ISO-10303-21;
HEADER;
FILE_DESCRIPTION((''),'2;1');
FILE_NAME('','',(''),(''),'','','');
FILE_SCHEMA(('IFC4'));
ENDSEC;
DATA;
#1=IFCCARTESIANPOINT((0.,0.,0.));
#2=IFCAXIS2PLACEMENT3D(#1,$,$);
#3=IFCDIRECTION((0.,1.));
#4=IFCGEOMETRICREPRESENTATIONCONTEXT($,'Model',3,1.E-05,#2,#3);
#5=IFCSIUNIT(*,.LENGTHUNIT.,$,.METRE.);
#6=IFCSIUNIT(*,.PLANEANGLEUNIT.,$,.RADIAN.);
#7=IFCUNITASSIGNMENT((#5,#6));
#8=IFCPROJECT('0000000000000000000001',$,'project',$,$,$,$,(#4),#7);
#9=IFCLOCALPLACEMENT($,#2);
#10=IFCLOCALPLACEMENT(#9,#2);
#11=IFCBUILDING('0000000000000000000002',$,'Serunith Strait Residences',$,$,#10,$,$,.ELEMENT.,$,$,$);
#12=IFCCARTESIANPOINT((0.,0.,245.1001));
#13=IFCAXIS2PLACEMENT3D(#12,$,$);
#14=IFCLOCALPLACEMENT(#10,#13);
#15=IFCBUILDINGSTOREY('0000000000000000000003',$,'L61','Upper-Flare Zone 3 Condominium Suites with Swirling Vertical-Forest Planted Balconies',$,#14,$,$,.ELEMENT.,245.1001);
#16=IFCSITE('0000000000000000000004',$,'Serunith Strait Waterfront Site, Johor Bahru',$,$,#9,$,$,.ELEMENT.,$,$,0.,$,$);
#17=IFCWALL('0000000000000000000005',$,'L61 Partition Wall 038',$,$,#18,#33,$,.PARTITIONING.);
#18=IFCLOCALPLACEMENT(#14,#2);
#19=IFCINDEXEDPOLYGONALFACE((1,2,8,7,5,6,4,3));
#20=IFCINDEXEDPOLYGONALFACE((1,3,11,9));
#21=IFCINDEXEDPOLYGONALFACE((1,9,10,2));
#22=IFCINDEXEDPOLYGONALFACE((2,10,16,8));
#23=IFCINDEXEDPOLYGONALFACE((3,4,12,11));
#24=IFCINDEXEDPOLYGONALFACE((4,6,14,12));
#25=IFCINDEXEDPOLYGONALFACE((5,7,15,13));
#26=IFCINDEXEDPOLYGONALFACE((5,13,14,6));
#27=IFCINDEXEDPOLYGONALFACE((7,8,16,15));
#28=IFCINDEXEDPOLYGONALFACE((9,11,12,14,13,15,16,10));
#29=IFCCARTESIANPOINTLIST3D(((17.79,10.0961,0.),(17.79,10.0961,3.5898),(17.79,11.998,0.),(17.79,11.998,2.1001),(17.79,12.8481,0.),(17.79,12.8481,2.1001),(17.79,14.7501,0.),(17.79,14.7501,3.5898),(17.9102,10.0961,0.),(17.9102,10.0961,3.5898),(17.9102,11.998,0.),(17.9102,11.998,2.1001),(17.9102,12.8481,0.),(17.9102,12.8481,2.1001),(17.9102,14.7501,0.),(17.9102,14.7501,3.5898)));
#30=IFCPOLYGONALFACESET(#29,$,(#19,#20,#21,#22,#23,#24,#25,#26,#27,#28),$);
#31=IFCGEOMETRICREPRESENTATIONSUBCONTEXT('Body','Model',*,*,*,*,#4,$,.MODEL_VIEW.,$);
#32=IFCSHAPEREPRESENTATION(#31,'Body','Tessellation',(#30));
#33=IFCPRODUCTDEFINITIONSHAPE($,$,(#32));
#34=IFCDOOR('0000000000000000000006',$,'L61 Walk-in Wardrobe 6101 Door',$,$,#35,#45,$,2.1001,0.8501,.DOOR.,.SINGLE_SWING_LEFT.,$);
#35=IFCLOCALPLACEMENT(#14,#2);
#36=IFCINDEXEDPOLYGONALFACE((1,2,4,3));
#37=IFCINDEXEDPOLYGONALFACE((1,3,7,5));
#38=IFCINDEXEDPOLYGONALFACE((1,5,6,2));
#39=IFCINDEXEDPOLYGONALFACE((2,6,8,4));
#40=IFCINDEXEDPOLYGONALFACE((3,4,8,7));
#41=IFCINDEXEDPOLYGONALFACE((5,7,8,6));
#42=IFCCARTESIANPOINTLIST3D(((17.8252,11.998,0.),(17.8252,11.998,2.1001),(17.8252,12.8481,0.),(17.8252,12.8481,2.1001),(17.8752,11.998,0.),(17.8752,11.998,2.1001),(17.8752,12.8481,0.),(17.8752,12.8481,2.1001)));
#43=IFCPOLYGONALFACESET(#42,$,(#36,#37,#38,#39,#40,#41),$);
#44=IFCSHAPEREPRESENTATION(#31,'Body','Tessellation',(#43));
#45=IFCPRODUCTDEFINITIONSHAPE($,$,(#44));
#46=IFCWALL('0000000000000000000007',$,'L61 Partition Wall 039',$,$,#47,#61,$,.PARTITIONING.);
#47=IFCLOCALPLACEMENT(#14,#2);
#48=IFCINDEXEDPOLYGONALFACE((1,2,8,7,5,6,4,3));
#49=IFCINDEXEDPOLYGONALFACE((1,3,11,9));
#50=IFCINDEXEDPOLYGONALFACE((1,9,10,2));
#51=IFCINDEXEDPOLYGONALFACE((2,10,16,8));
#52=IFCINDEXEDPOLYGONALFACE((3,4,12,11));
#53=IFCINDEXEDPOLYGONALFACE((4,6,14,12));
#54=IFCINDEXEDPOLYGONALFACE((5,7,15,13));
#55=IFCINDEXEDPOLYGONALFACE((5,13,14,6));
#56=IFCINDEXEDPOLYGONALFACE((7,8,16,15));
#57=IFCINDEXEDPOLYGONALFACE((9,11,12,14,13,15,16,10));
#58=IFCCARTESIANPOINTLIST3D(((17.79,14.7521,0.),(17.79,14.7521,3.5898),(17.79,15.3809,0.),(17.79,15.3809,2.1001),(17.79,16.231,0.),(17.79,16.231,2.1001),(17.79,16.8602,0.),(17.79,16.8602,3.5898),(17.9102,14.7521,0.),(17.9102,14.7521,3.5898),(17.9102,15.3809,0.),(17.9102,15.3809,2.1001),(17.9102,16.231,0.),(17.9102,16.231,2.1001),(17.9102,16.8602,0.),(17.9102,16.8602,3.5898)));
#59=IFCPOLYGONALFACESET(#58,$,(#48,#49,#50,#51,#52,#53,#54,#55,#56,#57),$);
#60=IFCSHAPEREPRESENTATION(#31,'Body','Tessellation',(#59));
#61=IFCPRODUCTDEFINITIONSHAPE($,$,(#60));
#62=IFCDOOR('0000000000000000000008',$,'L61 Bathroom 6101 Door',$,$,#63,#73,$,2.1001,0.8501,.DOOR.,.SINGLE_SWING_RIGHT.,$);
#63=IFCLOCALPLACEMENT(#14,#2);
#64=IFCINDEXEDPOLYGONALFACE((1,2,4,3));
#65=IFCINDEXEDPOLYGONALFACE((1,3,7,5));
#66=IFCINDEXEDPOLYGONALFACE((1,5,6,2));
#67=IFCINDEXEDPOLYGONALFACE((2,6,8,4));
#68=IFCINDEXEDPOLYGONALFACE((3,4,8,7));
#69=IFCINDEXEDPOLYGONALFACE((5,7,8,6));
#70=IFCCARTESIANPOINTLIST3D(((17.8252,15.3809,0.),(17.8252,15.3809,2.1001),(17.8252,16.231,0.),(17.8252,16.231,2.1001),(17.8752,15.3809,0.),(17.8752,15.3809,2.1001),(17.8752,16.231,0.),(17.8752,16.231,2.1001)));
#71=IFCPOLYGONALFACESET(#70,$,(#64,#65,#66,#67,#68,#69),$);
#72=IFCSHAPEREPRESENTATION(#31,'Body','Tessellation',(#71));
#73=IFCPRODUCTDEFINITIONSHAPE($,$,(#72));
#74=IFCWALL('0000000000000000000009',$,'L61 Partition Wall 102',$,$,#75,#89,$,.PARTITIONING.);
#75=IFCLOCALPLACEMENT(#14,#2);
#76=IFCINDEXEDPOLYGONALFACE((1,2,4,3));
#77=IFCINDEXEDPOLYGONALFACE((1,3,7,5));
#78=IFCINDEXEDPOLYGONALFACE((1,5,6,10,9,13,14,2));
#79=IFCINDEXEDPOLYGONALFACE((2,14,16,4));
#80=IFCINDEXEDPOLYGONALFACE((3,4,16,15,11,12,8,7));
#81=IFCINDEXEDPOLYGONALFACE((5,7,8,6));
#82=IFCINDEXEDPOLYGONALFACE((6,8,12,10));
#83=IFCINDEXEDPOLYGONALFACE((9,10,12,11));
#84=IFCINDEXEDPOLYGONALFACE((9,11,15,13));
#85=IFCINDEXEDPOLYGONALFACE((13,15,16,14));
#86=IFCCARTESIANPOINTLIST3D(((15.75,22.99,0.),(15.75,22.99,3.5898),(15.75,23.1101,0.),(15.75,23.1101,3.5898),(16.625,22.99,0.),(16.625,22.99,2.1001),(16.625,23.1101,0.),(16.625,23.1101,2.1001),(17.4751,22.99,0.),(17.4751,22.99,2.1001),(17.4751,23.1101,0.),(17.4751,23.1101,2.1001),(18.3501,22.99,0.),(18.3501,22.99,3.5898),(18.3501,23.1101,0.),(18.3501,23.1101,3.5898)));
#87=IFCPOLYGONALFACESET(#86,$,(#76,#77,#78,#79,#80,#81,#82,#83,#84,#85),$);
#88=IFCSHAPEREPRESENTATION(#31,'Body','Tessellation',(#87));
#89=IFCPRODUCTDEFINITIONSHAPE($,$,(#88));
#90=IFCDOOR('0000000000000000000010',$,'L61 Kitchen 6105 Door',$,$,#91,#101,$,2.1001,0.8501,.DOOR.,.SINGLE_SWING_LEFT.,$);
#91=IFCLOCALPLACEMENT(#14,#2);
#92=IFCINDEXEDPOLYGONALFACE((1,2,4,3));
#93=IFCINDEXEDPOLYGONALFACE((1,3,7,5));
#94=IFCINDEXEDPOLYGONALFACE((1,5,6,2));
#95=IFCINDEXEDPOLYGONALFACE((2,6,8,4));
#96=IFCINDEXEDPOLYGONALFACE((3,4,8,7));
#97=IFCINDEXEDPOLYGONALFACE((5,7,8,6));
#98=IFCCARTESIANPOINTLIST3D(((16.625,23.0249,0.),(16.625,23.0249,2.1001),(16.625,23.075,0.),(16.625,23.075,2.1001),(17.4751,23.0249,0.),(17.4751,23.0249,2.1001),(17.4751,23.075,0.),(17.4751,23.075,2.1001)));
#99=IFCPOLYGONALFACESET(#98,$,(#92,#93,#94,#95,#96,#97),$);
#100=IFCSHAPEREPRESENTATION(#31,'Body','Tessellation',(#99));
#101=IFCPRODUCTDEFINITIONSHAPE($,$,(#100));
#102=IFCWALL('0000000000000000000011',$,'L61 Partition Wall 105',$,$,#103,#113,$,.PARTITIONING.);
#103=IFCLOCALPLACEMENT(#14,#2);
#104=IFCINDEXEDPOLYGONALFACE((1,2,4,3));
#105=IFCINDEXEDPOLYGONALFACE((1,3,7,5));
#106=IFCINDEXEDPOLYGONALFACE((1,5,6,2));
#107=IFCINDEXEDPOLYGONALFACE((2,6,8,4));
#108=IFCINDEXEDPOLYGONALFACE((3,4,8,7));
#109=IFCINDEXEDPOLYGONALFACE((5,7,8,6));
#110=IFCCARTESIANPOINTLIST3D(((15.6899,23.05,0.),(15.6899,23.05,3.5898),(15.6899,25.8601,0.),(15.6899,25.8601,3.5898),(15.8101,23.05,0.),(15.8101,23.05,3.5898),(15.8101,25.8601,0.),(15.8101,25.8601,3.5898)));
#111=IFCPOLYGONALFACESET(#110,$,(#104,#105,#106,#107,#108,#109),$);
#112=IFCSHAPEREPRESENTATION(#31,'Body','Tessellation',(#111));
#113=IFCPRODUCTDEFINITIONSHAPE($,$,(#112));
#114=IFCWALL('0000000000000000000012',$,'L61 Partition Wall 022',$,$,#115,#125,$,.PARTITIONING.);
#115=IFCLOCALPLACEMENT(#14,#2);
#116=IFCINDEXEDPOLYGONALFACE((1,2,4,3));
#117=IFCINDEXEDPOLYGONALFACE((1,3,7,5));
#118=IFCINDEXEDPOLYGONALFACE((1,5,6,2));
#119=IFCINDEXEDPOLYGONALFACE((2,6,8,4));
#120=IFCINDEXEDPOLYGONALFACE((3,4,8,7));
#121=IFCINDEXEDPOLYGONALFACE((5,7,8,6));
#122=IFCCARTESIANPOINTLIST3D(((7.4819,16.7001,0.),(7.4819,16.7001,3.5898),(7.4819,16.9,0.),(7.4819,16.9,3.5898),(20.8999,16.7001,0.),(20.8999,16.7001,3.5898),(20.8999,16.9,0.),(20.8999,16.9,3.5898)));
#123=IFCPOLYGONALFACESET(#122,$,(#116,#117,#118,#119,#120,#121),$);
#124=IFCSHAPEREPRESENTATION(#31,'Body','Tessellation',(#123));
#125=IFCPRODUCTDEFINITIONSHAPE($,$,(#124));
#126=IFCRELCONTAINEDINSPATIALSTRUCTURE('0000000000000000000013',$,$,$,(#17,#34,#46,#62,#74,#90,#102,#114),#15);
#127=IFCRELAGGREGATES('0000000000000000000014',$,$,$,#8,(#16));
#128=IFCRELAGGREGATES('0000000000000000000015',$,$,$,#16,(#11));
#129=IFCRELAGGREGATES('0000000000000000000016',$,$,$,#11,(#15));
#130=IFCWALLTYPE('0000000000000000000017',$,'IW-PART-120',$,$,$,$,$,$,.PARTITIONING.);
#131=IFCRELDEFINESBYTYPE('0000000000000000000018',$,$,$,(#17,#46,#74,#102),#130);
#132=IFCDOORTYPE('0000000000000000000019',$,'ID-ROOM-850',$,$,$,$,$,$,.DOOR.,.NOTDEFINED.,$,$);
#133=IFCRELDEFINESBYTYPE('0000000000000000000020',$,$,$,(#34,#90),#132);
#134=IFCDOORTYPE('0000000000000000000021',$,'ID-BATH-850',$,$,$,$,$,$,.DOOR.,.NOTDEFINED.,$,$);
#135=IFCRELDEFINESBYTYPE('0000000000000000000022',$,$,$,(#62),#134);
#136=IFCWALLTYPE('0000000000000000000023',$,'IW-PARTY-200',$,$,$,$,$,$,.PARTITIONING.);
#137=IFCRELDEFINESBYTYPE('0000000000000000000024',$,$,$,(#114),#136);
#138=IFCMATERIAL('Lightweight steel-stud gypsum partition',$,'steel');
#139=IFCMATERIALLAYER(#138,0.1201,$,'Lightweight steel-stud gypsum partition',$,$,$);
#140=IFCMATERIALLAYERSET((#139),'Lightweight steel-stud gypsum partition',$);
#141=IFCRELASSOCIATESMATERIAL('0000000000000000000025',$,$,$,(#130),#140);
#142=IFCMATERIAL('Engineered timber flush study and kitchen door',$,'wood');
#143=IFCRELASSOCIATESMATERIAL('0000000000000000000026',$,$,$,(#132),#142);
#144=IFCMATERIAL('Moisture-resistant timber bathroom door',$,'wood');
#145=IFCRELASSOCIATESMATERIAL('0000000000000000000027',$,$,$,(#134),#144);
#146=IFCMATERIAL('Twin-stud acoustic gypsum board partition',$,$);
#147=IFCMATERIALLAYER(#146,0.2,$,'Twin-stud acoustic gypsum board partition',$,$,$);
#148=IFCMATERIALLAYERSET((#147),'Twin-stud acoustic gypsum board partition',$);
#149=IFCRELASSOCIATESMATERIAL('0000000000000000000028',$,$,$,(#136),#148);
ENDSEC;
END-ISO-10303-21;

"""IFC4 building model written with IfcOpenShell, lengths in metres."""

from ifc_helpers import new_model, si_unit, direction, frame, frame_2d, origin, place, context, subcontext, project, spatial, rectangle, extrude, source, transform, mapped, material, layer, layer_set, type_object, element, fill, save


model = new_model("IFC4")

# Units and contexts
model_context = context("Model", 3, precision=1e-05, world=origin(), true_north=direction((0.0, 1.0)))
body_context = subcontext(model_context, "Body", "Model", "MODEL_VIEW")
ifc_project = project(units=[si_unit("LENGTHUNIT", "METRE"), si_unit("PLANEANGLEUNIT", "RADIAN")], contexts=[model_context])

# Site, building, storey
site_placement = place(None, origin())
site = spatial("IfcSite", under=ifc_project, at=site_placement, Name="Serunith Strait Waterfront Site, Johor Bahru", CompositionType="ELEMENT", RefElevation=0.0)
building_placement = place(site_placement, origin())
building = spatial("IfcBuilding", under=site, at=building_placement, Name="Serunith Strait Residences", CompositionType="ELEMENT")
storey_placement = place(building_placement, frame((0.0, 0.0, 245.1001)))
storey = spatial("IfcBuildingStorey", under=building, at=storey_placement, Name="L61", Description="Upper-Flare Zone 3 Condominium Suites with Swirling Vertical-Forest Planted Balconies", CompositionType="ELEMENT", Elevation=245.1001)

# Shared definitions
ifc_material_1 = material(Name="Lightweight steel-stud gypsum partition", Category="steel")
ifc_layer_1 = layer(ifc_material_1, 0.1201, Name="Lightweight steel-stud gypsum partition")
ifc_layer_set_1 = layer_set([ifc_layer_1], Name="Lightweight steel-stud gypsum partition")
wall_type_1 = type_object("IfcWallType", Name="IW-PART-120", PredefinedType="PARTITIONING", material=ifc_layer_set_1)
ifc_material_2 = material(Name="Engineered timber flush study and kitchen door", Category="wood")
door_type_1 = type_object("IfcDoorType", Name="ID-ROOM-850", OperationType="NOTDEFINED", PredefinedType="DOOR", material=ifc_material_2)
shared_shape_1 = source(origin(), body_context, "Body", "SweptSolid", [
    extrude(rectangle(XDim=0.8501, YDim=2.1001, at=frame_2d((0.425, 1.05))), frame((0.0, 0.0249, 0.0), z_axis=(0.0, -1.0, 0.0), x_axis=(1.0, 0.0, 0.0)), (0.0, 0.0, 1.0), 0.05),
])

# Walls, openings, doors
wall_1_placement = place(storey_placement, frame((17.8501, 10.0959, 0.0), z_axis=(0.0, 0.0, 1.0), x_axis=(0.0, 1.0, 0.0)))
wall_1 = element("IfcWall", 1, at=wall_1_placement, inside=storey, type_object=wall_type_1, Name="L61 Partition Wall 038", PredefinedType="PARTITIONING", context=body_context, shape_type="SweptSolid", body=[
    extrude(rectangle(XDim=4.6541, YDim=0.1201, at=frame_2d((2.3271, 0.0))), origin(), (0.0, 0.0, 1.0), 3.5898),
])
opening_1_placement = place(wall_1_placement, frame((1.9021, 0.0, 0.0)))
opening_1 = element("IfcOpeningElement", 2, at=opening_1_placement, cuts=wall_1, PredefinedType="OPENING", context=body_context, shape_type="SweptSolid", body=[
    extrude(rectangle(XDim=0.8501, YDim=2.1001, at=frame_2d((0.425, 1.05))), frame((0.0, 0.0701, 0.0), z_axis=(0.0, -1.0, 0.0), x_axis=(1.0, 0.0, 0.0)), (0.0, 0.0, 1.0), 0.1401),
])
door_1_placement = place(opening_1_placement, origin())
door_1 = element("IfcDoor", 3, at=door_1_placement, inside=storey, type_object=door_type_1, Name="L61 Walk-in Wardrobe 6101 Door", OperationType="SINGLE_SWING_LEFT", OverallHeight=2.1001, OverallWidth=0.8501, PredefinedType="DOOR", context=body_context, shape_type="MappedRepresentation", body=[
    mapped(shared_shape_1, transform((0.0, 0.0, 0.0), scale=1.0)),
])
fill(opening_1, door_1)
wall_2_placement = place(storey_placement, frame((17.8501, 14.752, 0.0), z_axis=(0.0, 0.0, 1.0), x_axis=(0.0, 1.0, 0.0)))
wall_2 = element("IfcWall", 4, at=wall_2_placement, inside=storey, type_object=wall_type_1, Name="L61 Partition Wall 039", PredefinedType="PARTITIONING", context=body_context, shape_type="SweptSolid", body=[
    extrude(rectangle(XDim=2.1082, YDim=0.1201, at=frame_2d((1.0542, 0.0))), origin(), (0.0, 0.0, 1.0), 3.5898),
])
opening_2_placement = place(wall_2_placement, frame((0.6289, 0.0, 0.0)))
opening_2 = element("IfcOpeningElement", 5, at=opening_2_placement, cuts=wall_2, PredefinedType="OPENING", context=body_context, shape_type="SweptSolid", body=[
    extrude(rectangle(XDim=0.8501, YDim=2.1001, at=frame_2d((0.425, 1.05))), frame((0.0, 0.0701, 0.0), z_axis=(0.0, -1.0, 0.0), x_axis=(1.0, 0.0, 0.0)), (0.0, 0.0, 1.0), 0.1401),
])
ifc_material_3 = material(Name="Moisture-resistant timber bathroom door", Category="wood")
door_type_2 = type_object("IfcDoorType", Name="ID-BATH-850", OperationType="NOTDEFINED", PredefinedType="DOOR", material=ifc_material_3)
door_2_placement = place(opening_2_placement, origin())
door_2 = element("IfcDoor", 6, at=door_2_placement, inside=storey, type_object=door_type_2, Name="L61 Bathroom 6101 Door", OperationType="SINGLE_SWING_RIGHT", OverallHeight=2.1001, OverallWidth=0.8501, PredefinedType="DOOR", context=body_context, shape_type="MappedRepresentation", body=[
    mapped(shared_shape_1, transform((0.0, 0.0, 0.0), scale=1.0)),
])
fill(opening_2, door_2)
wall_3_placement = place(storey_placement, frame((15.75, 23.05, 0.0), z_axis=(0.0, 0.0, 1.0), x_axis=(1.0, 0.0, 0.0)))
wall_3 = element("IfcWall", 7, at=wall_3_placement, inside=storey, type_object=wall_type_1, Name="L61 Partition Wall 102", PredefinedType="PARTITIONING", context=body_context, shape_type="SweptSolid", body=[
    extrude(rectangle(XDim=2.6001, YDim=0.1201, at=frame_2d((1.3, 0.0))), origin(), (0.0, 0.0, 1.0), 3.5898),
])
opening_3_placement = place(wall_3_placement, frame((0.875, 0.0, 0.0)))
opening_3 = element("IfcOpeningElement", 8, at=opening_3_placement, cuts=wall_3, PredefinedType="OPENING", context=body_context, shape_type="SweptSolid", body=[
    extrude(rectangle(XDim=0.8501, YDim=2.1001, at=frame_2d((0.425, 1.05))), frame((0.0, 0.0701, 0.0), z_axis=(0.0, -1.0, 0.0), x_axis=(1.0, 0.0, 0.0)), (0.0, 0.0, 1.0), 0.1401),
])
door_3_placement = place(opening_3_placement, origin())
door_3 = element("IfcDoor", 9, at=door_3_placement, inside=storey, type_object=door_type_1, Name="L61 Kitchen 6105 Door", OperationType="SINGLE_SWING_LEFT", OverallHeight=2.1001, OverallWidth=0.8501, PredefinedType="DOOR", context=body_context, shape_type="MappedRepresentation", body=[
    mapped(shared_shape_1, transform((0.0, 0.0, 0.0), scale=1.0)),
])
fill(opening_3, door_3)

# Walls
wall_4_placement = place(storey_placement, frame((15.75, 23.05, 0.0), z_axis=(0.0, 0.0, 1.0), x_axis=(0.0, 1.0, 0.0)))
element("IfcWall", 10, at=wall_4_placement, inside=storey, type_object=wall_type_1, Name="L61 Partition Wall 105", PredefinedType="PARTITIONING", context=body_context, shape_type="SweptSolid", body=[
    extrude(rectangle(XDim=2.8101, YDim=0.1201, at=frame_2d((1.405, 0.0))), origin(), (0.0, 0.0, 1.0), 3.5898),
])
ifc_material_4 = material(Name="Twin-stud acoustic gypsum board partition")
ifc_layer_2 = layer(ifc_material_4, 0.2, Name="Twin-stud acoustic gypsum board partition")
ifc_layer_set_2 = layer_set([ifc_layer_2], Name="Twin-stud acoustic gypsum board partition")
wall_type_2 = type_object("IfcWallType", Name="IW-PARTY-200", PredefinedType="PARTITIONING", material=ifc_layer_set_2)
wall_5_placement = place(storey_placement, frame((7.4819, 16.8, 0.0), z_axis=(0.0, 0.0, 1.0), x_axis=(1.0, 0.0, 0.0)))
element("IfcWall", 11, at=wall_5_placement, inside=storey, type_object=wall_type_2, Name="L61 Partition Wall 022", PredefinedType="PARTITIONING", context=body_context, shape_type="SweptSolid", body=[
    extrude(rectangle(XDim=13.418, YDim=0.2, at=frame_2d((6.709, 0.0))), origin(), (0.0, 0.0, 1.0), 3.5898),
])

save(model, "model.ifc")
